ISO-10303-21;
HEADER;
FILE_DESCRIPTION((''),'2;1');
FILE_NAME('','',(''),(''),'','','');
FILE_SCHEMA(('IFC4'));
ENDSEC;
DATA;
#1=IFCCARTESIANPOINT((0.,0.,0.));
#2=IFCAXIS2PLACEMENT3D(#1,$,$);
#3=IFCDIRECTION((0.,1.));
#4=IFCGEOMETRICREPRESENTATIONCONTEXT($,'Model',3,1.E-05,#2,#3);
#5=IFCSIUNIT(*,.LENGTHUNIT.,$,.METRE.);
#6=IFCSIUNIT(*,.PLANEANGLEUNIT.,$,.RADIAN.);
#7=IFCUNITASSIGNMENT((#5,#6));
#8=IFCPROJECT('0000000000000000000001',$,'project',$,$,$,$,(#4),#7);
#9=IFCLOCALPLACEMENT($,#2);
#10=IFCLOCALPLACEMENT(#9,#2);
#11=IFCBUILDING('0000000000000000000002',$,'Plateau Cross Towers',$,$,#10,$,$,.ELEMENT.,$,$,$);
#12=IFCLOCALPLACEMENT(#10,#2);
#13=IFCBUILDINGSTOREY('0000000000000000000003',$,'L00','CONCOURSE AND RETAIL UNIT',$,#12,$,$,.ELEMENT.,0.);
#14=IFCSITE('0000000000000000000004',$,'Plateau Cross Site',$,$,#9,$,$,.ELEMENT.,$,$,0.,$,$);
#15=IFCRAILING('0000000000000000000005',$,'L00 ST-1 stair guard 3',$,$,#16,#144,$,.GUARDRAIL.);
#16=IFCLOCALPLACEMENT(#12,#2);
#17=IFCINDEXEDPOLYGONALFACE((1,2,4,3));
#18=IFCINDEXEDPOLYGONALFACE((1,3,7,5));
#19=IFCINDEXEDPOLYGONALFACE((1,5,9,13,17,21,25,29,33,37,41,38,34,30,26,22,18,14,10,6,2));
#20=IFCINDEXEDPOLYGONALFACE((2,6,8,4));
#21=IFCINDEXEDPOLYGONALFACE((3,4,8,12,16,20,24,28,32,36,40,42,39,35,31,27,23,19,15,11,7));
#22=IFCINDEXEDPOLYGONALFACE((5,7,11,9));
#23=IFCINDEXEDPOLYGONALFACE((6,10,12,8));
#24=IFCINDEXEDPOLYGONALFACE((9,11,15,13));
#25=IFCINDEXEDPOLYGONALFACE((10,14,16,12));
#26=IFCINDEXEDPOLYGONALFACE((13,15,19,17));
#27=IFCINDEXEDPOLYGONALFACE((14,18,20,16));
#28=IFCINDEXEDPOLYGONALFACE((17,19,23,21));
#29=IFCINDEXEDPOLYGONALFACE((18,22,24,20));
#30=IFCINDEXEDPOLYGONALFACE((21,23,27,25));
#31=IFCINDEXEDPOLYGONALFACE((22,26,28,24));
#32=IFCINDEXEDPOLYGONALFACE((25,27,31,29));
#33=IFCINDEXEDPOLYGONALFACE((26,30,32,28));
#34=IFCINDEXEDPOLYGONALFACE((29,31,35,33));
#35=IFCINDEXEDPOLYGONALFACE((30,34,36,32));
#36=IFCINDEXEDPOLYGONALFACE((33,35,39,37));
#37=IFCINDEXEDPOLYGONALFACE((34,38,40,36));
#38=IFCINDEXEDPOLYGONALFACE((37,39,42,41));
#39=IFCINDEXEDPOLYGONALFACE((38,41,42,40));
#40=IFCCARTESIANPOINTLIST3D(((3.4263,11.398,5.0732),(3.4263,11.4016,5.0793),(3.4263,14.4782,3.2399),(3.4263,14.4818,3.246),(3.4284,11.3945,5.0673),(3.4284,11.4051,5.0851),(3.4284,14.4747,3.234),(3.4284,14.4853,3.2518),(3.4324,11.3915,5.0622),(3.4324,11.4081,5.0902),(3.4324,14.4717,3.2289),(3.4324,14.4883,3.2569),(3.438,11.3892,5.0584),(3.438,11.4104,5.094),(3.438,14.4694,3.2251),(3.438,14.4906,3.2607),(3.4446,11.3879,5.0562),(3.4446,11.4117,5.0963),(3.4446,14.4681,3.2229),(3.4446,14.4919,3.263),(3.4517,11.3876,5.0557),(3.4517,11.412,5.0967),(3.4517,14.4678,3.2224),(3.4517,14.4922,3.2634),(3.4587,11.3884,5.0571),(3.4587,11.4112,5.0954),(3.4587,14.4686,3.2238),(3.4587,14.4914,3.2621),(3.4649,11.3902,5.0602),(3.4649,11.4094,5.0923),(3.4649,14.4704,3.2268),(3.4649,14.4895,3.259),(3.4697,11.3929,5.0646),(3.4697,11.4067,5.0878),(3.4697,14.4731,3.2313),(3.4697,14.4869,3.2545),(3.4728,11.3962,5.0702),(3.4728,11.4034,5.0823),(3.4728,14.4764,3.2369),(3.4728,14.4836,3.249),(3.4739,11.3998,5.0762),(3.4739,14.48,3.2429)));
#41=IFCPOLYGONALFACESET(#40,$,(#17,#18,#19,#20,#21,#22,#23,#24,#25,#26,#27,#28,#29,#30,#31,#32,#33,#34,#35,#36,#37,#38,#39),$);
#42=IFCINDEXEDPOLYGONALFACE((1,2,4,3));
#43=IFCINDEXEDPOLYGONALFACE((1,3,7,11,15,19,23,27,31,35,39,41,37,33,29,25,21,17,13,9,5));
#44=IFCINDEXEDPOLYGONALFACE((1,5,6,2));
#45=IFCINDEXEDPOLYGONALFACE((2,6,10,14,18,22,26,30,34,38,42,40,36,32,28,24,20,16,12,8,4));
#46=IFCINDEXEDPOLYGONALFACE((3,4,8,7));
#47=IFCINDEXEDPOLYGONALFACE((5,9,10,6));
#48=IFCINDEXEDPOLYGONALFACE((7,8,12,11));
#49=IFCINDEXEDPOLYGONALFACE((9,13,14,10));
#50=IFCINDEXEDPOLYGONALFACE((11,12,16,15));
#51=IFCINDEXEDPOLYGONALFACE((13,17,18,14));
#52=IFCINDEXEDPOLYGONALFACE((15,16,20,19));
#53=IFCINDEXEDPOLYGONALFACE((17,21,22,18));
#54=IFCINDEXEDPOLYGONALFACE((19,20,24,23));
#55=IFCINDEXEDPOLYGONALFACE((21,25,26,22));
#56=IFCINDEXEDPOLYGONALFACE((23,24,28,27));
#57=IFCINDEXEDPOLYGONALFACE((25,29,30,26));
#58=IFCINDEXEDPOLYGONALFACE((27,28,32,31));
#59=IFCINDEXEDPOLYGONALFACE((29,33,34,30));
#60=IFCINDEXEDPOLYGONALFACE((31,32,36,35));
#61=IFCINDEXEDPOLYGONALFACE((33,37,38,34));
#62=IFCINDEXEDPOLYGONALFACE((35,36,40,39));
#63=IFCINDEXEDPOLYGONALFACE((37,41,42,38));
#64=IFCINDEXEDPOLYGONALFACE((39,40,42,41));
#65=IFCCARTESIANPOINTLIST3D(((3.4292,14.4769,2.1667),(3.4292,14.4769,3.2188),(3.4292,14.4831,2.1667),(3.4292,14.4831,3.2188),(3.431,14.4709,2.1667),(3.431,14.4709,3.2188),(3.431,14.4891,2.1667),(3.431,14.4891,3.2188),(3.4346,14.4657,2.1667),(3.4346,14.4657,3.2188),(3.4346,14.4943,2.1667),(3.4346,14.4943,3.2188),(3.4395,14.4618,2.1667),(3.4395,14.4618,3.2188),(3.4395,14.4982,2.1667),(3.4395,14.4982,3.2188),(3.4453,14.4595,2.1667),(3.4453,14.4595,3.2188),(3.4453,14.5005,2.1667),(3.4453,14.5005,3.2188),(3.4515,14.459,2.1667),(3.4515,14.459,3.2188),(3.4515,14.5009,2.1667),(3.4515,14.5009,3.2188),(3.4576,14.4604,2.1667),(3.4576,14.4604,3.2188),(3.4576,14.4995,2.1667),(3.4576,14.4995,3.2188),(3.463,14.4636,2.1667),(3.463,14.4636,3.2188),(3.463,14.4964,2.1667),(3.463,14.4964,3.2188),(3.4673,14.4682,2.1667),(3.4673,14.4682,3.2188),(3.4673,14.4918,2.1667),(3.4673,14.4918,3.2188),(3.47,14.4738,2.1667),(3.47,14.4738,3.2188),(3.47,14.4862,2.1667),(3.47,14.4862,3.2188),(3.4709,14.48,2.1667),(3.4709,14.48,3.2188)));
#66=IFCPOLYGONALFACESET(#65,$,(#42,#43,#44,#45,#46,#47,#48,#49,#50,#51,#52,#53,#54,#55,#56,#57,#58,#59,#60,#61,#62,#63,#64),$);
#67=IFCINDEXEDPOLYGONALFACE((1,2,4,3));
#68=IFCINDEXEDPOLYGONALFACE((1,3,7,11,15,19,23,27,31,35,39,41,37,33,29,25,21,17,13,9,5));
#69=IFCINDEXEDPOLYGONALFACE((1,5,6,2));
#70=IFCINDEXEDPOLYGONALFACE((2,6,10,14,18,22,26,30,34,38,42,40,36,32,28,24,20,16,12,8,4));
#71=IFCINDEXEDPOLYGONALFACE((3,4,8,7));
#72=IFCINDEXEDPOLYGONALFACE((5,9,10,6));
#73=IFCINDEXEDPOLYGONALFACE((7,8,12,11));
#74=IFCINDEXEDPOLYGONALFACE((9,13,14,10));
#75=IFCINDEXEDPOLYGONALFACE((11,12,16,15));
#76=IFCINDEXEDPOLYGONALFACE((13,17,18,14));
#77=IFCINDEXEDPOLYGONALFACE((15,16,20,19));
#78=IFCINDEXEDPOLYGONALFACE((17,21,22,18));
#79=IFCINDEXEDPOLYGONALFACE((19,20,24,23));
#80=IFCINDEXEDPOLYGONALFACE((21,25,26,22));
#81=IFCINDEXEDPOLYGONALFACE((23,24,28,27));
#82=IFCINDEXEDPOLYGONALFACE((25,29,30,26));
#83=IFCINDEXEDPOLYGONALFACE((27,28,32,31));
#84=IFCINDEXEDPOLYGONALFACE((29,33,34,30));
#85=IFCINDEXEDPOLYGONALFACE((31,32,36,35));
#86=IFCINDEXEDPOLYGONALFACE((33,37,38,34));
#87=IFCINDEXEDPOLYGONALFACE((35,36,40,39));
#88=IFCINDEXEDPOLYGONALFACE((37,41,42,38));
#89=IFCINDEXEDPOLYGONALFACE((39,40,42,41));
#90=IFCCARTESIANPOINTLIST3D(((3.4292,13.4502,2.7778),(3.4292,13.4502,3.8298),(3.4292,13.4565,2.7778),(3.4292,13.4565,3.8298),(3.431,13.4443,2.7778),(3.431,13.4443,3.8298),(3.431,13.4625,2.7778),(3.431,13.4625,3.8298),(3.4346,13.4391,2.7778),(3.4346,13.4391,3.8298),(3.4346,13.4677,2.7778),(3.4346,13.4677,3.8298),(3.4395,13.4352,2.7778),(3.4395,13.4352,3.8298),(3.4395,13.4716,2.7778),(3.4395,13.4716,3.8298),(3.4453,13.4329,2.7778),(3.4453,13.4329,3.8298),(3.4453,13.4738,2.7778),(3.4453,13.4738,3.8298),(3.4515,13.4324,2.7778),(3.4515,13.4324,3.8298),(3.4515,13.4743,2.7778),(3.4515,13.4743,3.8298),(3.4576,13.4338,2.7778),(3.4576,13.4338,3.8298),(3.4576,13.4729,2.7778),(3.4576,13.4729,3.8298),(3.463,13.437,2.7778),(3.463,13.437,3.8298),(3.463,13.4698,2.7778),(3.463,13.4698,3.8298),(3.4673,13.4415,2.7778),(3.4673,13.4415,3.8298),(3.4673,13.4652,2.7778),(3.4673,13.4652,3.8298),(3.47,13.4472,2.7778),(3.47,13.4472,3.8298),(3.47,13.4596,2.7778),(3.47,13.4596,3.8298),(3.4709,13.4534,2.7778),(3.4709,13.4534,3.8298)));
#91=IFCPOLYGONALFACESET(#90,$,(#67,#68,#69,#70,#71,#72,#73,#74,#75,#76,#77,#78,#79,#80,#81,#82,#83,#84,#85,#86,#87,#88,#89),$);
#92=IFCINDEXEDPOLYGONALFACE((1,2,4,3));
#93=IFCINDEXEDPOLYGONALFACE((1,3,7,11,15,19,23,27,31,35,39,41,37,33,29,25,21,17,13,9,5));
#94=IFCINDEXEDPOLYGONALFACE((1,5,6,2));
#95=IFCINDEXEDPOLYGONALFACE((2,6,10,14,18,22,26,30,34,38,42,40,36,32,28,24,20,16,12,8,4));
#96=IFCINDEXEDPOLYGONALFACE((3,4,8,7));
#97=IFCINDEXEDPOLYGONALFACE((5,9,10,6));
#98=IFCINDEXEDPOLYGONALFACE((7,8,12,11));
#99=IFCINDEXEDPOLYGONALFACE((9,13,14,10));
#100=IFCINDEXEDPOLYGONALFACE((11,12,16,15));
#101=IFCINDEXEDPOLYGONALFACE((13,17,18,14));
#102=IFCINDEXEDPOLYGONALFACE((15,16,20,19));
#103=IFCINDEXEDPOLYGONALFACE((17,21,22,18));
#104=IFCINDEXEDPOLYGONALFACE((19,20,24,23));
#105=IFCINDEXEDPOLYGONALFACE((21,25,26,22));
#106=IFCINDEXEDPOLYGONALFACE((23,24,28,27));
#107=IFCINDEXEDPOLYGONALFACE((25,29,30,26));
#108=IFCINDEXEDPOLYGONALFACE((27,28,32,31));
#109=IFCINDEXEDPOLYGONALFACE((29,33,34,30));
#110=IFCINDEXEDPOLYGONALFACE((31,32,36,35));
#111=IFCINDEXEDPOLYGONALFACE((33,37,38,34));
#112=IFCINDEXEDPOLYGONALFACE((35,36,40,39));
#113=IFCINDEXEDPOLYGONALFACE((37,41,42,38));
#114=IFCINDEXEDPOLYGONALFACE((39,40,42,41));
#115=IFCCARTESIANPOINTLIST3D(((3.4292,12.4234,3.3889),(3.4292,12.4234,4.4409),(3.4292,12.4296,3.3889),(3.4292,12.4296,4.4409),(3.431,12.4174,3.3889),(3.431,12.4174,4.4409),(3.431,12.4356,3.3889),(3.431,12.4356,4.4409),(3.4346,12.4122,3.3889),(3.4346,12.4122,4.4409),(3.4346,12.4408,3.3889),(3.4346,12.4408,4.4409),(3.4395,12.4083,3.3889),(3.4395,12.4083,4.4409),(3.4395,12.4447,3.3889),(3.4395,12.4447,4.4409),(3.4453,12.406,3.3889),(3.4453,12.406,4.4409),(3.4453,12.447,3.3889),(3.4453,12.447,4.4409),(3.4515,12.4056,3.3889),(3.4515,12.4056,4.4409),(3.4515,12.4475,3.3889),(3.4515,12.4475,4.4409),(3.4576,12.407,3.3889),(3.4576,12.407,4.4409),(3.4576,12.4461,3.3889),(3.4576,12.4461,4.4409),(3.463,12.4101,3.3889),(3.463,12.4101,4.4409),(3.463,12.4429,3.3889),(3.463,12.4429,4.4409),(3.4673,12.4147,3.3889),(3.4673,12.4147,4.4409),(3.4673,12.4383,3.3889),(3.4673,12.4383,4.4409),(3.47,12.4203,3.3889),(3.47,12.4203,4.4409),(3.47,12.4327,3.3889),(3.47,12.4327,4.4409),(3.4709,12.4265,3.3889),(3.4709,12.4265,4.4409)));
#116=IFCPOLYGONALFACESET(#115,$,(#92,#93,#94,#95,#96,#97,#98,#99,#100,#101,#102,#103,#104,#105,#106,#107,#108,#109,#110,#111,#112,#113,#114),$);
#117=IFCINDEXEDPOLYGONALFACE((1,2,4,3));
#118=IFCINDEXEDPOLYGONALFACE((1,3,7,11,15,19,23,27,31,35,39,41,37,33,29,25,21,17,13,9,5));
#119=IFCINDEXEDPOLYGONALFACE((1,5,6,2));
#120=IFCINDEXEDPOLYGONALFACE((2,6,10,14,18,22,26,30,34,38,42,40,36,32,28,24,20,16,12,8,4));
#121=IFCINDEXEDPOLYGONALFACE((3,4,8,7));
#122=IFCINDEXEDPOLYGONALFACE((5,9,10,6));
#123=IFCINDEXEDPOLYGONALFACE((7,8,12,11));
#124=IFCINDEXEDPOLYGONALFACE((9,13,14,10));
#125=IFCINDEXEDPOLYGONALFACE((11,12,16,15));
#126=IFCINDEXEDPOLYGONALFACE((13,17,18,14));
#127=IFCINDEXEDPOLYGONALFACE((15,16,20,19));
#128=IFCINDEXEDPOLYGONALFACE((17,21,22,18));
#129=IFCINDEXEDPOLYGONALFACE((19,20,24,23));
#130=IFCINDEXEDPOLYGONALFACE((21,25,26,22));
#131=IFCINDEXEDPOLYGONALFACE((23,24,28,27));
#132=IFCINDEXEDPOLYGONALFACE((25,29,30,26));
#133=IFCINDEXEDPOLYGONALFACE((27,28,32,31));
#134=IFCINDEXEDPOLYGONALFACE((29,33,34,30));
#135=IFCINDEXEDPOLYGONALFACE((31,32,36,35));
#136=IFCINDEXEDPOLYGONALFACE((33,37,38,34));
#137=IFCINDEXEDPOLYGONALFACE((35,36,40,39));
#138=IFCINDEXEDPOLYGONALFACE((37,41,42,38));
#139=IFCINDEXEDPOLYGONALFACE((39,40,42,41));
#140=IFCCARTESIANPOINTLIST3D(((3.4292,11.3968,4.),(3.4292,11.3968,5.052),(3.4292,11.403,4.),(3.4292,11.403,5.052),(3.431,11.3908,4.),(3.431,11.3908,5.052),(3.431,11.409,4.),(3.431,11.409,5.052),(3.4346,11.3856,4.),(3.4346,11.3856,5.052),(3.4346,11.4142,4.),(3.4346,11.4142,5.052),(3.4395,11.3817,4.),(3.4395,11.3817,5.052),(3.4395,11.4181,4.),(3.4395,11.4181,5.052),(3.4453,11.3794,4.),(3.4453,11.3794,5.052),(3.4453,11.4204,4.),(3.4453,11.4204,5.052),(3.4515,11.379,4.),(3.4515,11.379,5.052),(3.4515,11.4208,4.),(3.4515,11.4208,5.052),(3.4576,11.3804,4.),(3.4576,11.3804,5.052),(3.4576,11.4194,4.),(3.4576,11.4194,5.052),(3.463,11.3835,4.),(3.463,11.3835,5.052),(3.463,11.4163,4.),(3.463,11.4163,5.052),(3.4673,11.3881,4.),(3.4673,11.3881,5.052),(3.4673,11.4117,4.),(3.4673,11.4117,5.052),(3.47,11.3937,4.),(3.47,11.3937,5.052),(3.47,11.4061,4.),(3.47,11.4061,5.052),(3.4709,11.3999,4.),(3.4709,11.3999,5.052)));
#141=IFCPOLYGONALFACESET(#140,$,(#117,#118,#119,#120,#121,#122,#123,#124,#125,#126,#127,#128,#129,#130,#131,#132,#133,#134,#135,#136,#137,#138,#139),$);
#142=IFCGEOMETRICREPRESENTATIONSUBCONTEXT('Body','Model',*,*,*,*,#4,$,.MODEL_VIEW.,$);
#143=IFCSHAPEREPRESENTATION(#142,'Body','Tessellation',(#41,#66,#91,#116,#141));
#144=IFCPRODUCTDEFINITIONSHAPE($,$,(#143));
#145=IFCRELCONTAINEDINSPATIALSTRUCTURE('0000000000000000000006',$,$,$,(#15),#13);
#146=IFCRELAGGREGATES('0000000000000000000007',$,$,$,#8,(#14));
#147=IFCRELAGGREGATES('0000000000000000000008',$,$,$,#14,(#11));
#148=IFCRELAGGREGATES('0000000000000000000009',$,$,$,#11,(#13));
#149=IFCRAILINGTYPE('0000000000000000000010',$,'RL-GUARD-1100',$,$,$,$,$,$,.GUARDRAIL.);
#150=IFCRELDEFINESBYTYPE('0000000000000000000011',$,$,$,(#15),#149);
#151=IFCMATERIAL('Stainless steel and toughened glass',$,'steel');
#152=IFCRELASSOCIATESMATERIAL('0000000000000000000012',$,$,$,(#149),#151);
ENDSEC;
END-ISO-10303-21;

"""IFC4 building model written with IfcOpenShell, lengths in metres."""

from ifc_helpers import new_model, si_unit, direction, frame, origin, origin_2d, place, context, subcontext, project, spatial, circle, extrude, material, type_object, element, save


model = new_model("IFC4")

# Units and contexts
model_context = context("Model", 3, precision=1e-05, world=origin(), true_north=direction((0.0, 1.0)))
body_context = subcontext(model_context, "Body", "Model", "MODEL_VIEW")
ifc_project = project(units=[si_unit("LENGTHUNIT", "METRE"), si_unit("PLANEANGLEUNIT", "RADIAN")], contexts=[model_context])

# Site, building, storey
site_placement = place(None, origin())
site = spatial("IfcSite", under=ifc_project, at=site_placement, Name="Plateau Cross Site", CompositionType="ELEMENT", RefElevation=0.0)
building_placement = place(site_placement, origin())
building = spatial("IfcBuilding", under=site, at=building_placement, Name="Plateau Cross Towers", CompositionType="ELEMENT")
storey_placement = place(building_placement, origin())
storey = spatial("IfcBuildingStorey", under=building, at=storey_placement, Name="L00", Description="CONCOURSE AND RETAIL UNIT", CompositionType="ELEMENT", Elevation=0.0)

# Railing
ifc_material_1 = material(Name="Stainless steel and toughened glass", Category="steel")
railing_type_1 = type_object("IfcRailingType", Name="RL-GUARD-1100", PredefinedType="GUARDRAIL", material=ifc_material_1)
railing_1_placement = place(storey_placement, frame((3.45, 14.48, 2.1667)))
element("IfcRailing", 1, at=railing_1_placement, inside=storey, type_object=railing_type_1, Name="L00 ST-1 stair guard 3", PredefinedType="GUARDRAIL", context=body_context, shape_type="SweptSolid", body=[
    extrude(circle(Radius=0.0239, at=origin_2d()), frame((0.0, 0.0, 1.0762), z_axis=(0.0, -0.859309, 0.511458), x_axis=(1.0, 0.0, 0.0)), (0.0, 0.0, 1.0), 3.5845),
    extrude(circle(Radius=0.021, at=origin_2d()), origin(), (0.0, 0.0, 1.0), 1.052),
    extrude(circle(Radius=0.021, at=origin_2d()), frame((0.0, -1.0266, 0.6111)), (0.0, 0.0, 1.0), 1.052),
    extrude(circle(Radius=0.021, at=origin_2d()), frame((0.0, -2.0535, 1.2222)), (0.0, 0.0, 1.0), 1.052),
    extrude(circle(Radius=0.021, at=origin_2d()), frame((0.0, -3.0801, 1.8333)), (0.0, 0.0, 1.0), 1.052),
])

save(model, "model.ifc")
